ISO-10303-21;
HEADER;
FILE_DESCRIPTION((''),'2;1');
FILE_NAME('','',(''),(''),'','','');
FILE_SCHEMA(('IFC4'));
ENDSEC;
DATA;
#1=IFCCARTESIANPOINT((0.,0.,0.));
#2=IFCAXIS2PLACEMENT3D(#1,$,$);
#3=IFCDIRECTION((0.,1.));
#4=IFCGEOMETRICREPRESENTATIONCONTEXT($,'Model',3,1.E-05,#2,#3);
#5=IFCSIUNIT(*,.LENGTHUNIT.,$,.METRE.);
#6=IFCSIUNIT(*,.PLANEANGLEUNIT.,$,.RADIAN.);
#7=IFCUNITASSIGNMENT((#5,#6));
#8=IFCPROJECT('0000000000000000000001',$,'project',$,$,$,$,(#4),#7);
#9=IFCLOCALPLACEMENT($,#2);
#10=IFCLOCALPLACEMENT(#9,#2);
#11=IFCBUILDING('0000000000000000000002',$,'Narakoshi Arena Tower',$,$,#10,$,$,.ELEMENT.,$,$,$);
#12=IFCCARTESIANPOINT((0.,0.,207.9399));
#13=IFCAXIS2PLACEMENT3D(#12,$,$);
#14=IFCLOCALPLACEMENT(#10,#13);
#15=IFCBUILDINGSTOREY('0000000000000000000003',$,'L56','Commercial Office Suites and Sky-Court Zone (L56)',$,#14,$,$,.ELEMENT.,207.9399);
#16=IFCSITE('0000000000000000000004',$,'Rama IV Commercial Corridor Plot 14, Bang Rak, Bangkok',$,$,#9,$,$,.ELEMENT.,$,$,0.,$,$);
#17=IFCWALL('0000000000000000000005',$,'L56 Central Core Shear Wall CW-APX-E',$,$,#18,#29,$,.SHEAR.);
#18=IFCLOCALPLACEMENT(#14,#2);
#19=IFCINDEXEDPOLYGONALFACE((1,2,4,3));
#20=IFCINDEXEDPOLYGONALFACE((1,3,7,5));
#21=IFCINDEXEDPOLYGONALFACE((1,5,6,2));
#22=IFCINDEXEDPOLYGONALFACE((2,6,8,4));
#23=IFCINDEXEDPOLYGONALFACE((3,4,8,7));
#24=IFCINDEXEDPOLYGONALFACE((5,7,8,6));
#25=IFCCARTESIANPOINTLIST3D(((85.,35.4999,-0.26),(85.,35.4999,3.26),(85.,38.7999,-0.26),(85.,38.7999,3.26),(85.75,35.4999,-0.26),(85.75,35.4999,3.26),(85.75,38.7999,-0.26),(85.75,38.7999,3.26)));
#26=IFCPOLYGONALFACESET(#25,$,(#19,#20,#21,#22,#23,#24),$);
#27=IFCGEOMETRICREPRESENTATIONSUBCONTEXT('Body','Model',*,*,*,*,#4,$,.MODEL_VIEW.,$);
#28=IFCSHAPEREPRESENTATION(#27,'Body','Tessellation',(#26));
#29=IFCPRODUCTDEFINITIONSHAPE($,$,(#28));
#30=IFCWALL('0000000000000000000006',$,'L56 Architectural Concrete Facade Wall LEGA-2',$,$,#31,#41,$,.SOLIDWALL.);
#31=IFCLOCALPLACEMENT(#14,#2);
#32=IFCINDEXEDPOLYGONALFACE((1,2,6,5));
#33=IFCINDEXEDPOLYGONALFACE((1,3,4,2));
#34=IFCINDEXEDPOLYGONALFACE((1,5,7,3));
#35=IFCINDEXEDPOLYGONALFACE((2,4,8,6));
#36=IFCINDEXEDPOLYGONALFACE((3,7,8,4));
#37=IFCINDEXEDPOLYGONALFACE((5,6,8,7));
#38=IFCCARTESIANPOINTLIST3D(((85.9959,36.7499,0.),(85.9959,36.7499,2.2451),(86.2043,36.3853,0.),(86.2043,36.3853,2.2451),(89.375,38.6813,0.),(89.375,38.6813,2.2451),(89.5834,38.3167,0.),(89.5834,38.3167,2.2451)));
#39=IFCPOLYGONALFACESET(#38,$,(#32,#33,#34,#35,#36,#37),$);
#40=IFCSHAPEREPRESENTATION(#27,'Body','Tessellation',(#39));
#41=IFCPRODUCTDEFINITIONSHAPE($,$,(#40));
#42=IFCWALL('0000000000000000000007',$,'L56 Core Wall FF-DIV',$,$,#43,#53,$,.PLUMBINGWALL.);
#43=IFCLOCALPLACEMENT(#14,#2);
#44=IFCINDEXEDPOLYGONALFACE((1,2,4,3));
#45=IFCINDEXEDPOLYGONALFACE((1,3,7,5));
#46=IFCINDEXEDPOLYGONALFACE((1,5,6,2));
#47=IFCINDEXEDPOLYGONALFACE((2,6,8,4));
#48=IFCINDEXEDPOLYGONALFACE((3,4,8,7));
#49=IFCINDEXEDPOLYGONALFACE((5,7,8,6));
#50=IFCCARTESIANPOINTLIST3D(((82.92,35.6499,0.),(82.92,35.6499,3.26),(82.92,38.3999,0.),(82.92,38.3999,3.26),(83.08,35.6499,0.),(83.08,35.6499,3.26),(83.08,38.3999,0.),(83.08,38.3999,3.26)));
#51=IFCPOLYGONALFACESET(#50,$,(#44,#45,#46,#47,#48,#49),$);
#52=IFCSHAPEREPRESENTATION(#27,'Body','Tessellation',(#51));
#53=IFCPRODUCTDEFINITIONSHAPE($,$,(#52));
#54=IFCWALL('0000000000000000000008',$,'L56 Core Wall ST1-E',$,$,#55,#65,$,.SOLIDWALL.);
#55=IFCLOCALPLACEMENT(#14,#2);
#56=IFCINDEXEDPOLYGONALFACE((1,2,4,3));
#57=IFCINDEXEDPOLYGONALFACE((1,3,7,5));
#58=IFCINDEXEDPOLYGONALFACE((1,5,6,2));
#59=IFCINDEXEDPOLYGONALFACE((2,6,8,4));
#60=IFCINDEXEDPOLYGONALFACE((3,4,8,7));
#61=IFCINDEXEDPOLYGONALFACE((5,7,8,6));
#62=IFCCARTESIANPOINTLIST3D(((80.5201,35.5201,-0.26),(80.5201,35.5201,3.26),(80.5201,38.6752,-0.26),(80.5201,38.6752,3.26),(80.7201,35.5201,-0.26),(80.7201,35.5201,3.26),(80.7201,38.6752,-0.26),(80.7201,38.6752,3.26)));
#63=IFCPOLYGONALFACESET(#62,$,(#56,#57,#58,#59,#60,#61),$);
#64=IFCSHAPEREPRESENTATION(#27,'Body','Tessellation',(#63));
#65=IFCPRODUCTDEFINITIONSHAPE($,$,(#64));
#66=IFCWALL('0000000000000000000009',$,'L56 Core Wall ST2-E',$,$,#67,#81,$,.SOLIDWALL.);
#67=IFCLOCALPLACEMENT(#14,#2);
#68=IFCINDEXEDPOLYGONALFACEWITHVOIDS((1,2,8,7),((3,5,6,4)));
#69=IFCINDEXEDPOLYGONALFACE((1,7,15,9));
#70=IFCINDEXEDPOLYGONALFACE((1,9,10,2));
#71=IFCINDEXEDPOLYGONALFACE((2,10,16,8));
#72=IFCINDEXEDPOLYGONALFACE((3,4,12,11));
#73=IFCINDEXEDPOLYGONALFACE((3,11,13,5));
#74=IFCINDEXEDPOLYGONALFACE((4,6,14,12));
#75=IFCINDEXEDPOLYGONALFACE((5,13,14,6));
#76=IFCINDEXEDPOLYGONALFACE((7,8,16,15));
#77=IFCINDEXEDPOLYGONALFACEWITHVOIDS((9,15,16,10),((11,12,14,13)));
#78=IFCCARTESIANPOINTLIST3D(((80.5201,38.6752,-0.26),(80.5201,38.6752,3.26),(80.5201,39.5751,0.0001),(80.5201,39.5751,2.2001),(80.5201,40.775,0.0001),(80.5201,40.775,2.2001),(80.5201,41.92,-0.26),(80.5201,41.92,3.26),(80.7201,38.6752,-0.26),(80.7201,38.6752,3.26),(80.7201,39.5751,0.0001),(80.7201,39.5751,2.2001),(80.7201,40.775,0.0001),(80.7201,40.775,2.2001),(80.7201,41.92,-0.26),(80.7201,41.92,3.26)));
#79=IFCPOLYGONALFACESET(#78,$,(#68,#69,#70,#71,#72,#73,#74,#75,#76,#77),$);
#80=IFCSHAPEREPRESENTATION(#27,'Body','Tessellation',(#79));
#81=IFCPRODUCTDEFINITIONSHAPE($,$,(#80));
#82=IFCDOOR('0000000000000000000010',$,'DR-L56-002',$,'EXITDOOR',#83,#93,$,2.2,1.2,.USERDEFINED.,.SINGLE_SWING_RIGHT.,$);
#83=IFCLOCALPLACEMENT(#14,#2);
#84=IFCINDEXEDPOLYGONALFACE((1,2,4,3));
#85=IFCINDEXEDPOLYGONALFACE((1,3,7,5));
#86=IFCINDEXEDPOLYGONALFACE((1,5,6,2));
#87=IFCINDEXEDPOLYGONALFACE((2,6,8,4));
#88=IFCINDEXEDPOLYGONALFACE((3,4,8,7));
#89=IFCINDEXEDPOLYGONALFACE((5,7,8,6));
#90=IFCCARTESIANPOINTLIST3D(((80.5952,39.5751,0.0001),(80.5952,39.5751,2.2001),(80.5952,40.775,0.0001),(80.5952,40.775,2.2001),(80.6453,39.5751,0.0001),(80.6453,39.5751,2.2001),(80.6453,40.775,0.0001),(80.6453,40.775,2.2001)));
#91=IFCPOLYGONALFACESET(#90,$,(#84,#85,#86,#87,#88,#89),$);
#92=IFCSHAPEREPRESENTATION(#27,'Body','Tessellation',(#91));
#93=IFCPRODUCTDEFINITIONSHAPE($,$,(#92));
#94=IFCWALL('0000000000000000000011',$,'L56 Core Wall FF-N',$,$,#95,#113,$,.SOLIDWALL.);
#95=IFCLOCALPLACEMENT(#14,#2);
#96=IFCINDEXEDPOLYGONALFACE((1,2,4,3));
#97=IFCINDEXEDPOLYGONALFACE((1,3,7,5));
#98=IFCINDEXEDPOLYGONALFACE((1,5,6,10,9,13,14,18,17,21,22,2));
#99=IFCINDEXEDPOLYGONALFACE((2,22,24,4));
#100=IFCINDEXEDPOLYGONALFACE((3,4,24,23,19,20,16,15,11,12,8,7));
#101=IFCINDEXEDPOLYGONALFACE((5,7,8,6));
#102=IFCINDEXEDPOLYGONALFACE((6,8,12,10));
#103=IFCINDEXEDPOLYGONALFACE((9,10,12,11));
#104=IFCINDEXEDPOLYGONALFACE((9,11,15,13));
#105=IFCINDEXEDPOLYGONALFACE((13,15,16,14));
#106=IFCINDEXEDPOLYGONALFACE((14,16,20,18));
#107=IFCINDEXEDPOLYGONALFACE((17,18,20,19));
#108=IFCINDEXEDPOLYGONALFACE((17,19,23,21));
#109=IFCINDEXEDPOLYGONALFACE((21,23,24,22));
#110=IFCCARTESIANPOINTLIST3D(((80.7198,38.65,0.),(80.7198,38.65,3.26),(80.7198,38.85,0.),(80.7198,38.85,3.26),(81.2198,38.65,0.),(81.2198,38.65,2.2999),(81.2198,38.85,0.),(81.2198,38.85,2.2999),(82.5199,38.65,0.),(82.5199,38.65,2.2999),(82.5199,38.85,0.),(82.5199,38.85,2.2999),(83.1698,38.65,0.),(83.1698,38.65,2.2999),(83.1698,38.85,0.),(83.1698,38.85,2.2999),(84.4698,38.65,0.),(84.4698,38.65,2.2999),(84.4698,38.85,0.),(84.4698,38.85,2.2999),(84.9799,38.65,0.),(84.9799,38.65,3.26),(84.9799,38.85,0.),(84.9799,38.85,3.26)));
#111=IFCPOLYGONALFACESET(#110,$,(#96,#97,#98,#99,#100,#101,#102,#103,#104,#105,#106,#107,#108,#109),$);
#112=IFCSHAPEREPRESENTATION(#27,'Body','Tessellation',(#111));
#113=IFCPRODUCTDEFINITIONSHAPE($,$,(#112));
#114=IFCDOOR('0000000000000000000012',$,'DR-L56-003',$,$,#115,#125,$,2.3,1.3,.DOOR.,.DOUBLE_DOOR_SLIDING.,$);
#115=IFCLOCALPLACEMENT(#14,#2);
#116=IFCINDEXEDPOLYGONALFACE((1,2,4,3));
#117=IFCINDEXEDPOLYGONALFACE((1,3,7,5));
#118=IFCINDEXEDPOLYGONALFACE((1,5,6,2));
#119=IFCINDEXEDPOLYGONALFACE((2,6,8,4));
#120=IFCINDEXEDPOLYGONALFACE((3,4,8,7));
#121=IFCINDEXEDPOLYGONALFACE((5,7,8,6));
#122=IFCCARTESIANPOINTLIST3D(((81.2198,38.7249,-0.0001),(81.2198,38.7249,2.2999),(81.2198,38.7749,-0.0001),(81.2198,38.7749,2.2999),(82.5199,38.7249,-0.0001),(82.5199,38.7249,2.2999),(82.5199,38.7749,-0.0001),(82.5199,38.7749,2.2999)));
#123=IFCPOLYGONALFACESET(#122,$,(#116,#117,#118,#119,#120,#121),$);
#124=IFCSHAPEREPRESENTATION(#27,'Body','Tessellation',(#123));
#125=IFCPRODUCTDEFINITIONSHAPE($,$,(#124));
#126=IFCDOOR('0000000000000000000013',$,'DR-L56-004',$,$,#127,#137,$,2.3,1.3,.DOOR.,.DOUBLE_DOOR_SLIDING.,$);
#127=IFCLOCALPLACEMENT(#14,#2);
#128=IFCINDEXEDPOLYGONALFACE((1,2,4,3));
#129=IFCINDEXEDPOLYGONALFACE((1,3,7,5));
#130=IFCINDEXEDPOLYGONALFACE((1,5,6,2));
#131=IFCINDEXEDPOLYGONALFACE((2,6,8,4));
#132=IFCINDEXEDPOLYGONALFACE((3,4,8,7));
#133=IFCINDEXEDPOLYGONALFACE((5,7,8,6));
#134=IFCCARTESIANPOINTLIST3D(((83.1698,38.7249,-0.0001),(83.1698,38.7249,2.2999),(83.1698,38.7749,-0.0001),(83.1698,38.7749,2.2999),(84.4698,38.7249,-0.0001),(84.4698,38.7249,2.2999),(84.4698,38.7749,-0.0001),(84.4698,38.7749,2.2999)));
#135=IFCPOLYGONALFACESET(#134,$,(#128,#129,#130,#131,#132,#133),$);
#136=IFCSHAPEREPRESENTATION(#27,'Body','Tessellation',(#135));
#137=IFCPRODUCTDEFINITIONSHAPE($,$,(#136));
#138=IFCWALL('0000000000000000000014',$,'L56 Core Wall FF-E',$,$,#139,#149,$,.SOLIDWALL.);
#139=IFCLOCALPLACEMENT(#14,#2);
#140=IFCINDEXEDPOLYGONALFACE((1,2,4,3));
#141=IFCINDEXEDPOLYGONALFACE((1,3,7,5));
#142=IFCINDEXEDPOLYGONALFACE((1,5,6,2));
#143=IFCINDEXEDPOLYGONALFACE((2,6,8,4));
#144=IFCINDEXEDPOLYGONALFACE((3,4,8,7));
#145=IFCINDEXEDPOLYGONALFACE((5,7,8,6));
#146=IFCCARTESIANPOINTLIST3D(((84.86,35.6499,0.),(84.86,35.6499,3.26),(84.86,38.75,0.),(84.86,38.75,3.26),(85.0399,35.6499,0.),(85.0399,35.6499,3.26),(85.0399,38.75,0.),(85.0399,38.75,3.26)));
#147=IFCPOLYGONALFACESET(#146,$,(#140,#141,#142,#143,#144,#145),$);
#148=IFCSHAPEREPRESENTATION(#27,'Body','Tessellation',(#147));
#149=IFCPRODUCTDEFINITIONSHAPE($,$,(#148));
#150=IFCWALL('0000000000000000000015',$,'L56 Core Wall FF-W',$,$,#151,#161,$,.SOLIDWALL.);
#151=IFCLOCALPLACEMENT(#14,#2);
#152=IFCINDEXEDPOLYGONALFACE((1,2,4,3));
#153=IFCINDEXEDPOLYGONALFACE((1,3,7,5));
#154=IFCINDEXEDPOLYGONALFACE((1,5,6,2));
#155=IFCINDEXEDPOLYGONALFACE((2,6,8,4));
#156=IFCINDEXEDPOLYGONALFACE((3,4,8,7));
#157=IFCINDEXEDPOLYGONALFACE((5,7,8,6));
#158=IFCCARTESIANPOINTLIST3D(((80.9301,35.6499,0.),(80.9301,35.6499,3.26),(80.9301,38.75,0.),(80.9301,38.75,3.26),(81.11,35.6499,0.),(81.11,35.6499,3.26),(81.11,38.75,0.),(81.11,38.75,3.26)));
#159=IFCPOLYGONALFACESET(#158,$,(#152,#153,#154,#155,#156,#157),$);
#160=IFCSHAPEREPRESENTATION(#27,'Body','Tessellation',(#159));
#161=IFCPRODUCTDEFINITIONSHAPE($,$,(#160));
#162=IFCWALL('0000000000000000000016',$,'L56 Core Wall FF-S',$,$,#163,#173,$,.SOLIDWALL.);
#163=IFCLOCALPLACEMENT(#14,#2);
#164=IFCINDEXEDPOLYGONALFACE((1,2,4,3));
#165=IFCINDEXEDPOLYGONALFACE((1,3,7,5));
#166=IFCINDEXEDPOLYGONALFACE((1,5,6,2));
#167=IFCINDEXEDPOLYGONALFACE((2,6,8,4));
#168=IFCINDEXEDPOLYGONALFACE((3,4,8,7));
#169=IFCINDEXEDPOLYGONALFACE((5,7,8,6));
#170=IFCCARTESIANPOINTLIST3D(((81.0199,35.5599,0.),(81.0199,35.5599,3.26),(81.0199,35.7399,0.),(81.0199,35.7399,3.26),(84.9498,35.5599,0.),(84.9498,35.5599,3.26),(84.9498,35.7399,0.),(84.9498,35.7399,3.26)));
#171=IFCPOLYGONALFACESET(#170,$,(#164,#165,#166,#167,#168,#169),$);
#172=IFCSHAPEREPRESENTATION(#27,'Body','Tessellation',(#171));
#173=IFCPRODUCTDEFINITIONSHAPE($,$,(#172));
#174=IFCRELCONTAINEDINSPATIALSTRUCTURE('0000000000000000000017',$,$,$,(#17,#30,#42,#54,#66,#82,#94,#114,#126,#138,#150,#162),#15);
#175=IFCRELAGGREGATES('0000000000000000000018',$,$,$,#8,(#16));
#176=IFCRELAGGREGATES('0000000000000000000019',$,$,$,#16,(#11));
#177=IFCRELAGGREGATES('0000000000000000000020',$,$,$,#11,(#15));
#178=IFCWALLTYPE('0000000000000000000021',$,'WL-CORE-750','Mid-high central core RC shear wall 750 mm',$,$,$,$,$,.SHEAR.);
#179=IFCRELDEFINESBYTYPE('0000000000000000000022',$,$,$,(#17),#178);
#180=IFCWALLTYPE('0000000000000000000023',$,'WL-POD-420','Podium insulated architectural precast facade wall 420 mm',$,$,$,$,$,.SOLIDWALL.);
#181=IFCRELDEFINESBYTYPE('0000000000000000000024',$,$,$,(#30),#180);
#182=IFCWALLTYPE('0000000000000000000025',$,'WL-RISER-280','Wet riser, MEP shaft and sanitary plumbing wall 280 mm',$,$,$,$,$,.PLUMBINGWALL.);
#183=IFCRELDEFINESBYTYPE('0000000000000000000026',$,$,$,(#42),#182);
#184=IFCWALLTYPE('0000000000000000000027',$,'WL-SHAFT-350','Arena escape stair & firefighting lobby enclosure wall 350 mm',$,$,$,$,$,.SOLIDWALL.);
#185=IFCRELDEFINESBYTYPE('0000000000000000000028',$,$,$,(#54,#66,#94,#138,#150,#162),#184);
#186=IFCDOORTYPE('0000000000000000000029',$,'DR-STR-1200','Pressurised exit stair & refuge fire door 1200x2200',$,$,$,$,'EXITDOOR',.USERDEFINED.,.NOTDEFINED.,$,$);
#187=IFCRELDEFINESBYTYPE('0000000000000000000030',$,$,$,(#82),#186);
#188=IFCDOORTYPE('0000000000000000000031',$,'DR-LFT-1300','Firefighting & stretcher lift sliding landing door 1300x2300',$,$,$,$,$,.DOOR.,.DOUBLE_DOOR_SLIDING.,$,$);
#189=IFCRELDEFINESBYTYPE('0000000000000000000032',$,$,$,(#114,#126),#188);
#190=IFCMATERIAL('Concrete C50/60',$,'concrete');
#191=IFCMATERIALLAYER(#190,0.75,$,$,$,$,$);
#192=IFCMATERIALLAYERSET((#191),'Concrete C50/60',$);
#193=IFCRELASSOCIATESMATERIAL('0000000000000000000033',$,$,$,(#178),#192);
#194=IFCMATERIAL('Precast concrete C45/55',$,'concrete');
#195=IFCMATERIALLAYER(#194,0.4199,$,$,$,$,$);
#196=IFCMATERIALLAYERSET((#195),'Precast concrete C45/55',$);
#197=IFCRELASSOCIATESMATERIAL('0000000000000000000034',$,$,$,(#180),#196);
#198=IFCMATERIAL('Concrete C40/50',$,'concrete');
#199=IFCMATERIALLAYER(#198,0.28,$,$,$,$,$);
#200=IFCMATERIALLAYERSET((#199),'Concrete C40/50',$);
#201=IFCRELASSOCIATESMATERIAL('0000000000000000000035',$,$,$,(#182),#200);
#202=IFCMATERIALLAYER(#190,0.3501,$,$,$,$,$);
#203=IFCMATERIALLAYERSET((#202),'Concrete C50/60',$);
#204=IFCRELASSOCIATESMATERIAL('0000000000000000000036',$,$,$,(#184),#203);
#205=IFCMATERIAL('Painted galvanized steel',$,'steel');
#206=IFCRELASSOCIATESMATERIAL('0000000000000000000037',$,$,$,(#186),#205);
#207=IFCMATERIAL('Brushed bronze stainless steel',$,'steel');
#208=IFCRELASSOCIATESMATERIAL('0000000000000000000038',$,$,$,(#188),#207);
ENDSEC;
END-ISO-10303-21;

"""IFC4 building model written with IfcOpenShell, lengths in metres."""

from ifc_helpers import new_model, si_unit, direction, frame, frame_2d, origin, place, context, subcontext, project, spatial, rectangle, extrude, material, layer, layer_set, type_object, element, fill, save


model = new_model("IFC4")

# Units and contexts
model_context = context("Model", 3, precision=1e-05, world=origin(), true_north=direction((0.0, 1.0)))
body_context = subcontext(model_context, "Body", "Model", "MODEL_VIEW")
ifc_project = project(units=[si_unit("LENGTHUNIT", "METRE"), si_unit("PLANEANGLEUNIT", "RADIAN")], contexts=[model_context])

# Site, building, storey
site_placement = place(None, origin())
site = spatial("IfcSite", under=ifc_project, at=site_placement, Name="Rama IV Commercial Corridor Plot 14, Bang Rak, Bangkok", CompositionType="ELEMENT", RefElevation=0.0)
building_placement = place(site_placement, origin())
building = spatial("IfcBuilding", under=site, at=building_placement, Name="Narakoshi Arena Tower", CompositionType="ELEMENT")
storey_placement = place(building_placement, frame((0.0, 0.0, 207.9399)))
storey = spatial("IfcBuildingStorey", under=building, at=storey_placement, Name="L56", Description="Commercial Office Suites and Sky-Court Zone (L56)", CompositionType="ELEMENT", Elevation=207.9399)

# Walls
ifc_material_1 = material(Name="Concrete C50/60", Category="concrete")
ifc_layer_1 = layer(ifc_material_1, 0.75)
ifc_layer_set_1 = layer_set([ifc_layer_1], Name="Concrete C50/60")
wall_type_1 = type_object("IfcWallType", Name="WL-CORE-750", Description="Mid-high central core RC shear wall 750 mm", PredefinedType="SHEAR", material=ifc_layer_set_1)
wall_1_placement = place(storey_placement, frame((85.375, 35.5, -0.26), z_axis=(0.0, 0.0, 1.0), x_axis=(0.0, 1.0, 0.0)))
element("IfcWall", 1, at=wall_1_placement, inside=storey, type_object=wall_type_1, Name="L56 Central Core Shear Wall CW-APX-E", PredefinedType="SHEAR", context=body_context, shape_type="SweptSolid", body=[
    extrude(rectangle(XDim=3.3, YDim=0.75, at=frame_2d((1.6499, 0.0))), origin(), (0.0, 0.0, 1.0), 3.52),
])
ifc_material_2 = material(Name="Precast concrete C45/55", Category="concrete")
ifc_layer_2 = layer(ifc_material_2, 0.4199)
ifc_layer_set_2 = layer_set([ifc_layer_2], Name="Precast concrete C45/55")
wall_type_2 = type_object("IfcWallType", Name="WL-POD-420", Description="Podium insulated architectural precast facade wall 420 mm", PredefinedType="SOLIDWALL", material=ifc_layer_set_2)
wall_2_placement = place(storey_placement, frame((86.1001, 36.5676, 0.0), z_axis=(0.0, 0.0, 1.0), x_axis=(0.868193, 0.496227, 0.0)))
element("IfcWall", 2, at=wall_2_placement, inside=storey, type_object=wall_type_2, Name="L56 Architectural Concrete Facade Wall LEGA-2", PredefinedType="SOLIDWALL", context=body_context, shape_type="SweptSolid", body=[
    extrude(rectangle(XDim=3.8921, YDim=0.4199, at=frame_2d((1.946, 0.0))), origin(), (0.0, 0.0, 1.0), 2.2451),
])
ifc_material_3 = material(Name="Concrete C40/50", Category="concrete")
ifc_layer_3 = layer(ifc_material_3, 0.28)
ifc_layer_set_3 = layer_set([ifc_layer_3], Name="Concrete C40/50")
wall_type_3 = type_object("IfcWallType", Name="WL-RISER-280", Description="Wet riser, MEP shaft and sanitary plumbing wall 280 mm", PredefinedType="PLUMBINGWALL", material=ifc_layer_set_3)
wall_3_placement = place(storey_placement, frame((83.0, 35.6499, 0.0), z_axis=(0.0, 0.0, 1.0), x_axis=(0.0, 1.0, 0.0)))
element("IfcWall", 3, at=wall_3_placement, inside=storey, type_object=wall_type_3, Name="L56 Core Wall FF-DIV", PredefinedType="PLUMBINGWALL", context=body_context, shape_type="SweptSolid", body=[
    extrude(rectangle(XDim=2.75, YDim=0.1599, at=frame_2d((1.375, 0.0))), origin(), (0.0, 0.0, 1.0), 3.26),
])
ifc_layer_4 = layer(ifc_material_1, 0.3501)
ifc_layer_set_4 = layer_set([ifc_layer_4], Name="Concrete C50/60")
wall_type_4 = type_object("IfcWallType", Name="WL-SHAFT-350", Description="Arena escape stair & firefighting lobby enclosure wall 350 mm", PredefinedType="SOLIDWALL", material=ifc_layer_set_4)
wall_4_placement = place(storey_placement, frame((80.6201, 35.52, -0.26), z_axis=(0.0, 0.0, 1.0), x_axis=(0.0, 1.0, 0.0)))
element("IfcWall", 4, at=wall_4_placement, inside=storey, type_object=wall_type_4, Name="L56 Core Wall ST1-E", PredefinedType="SOLIDWALL", context=body_context, shape_type="SweptSolid", body=[
    extrude(rectangle(XDim=3.155, YDim=0.2, at=frame_2d((1.5776, 0.0))), origin(), (0.0, 0.0, 1.0), 3.52),
])

# Wall, opening, door
wall_5_placement = place(storey_placement, frame((80.6201, 38.675, -0.26), z_axis=(0.0, 0.0, 1.0), x_axis=(0.0, 1.0, 0.0)))
wall_5 = element("IfcWall", 5, at=wall_5_placement, inside=storey, type_object=wall_type_4, Name="L56 Core Wall ST2-E", PredefinedType="SOLIDWALL", context=body_context, shape_type="SweptSolid", body=[
    extrude(rectangle(XDim=3.2449, YDim=0.2, at=frame_2d((1.6226, 0.0))), origin(), (0.0, 0.0, 1.0), 3.52),
])
opening_1_placement = place(wall_5_placement, frame((0.8999, 0.0, 0.26)))
opening_1 = element("IfcOpeningElement", 6, at=opening_1_placement, cuts=wall_5, PredefinedType="OPENING", context=body_context, shape_type="SweptSolid", body=[
    extrude(rectangle(XDim=1.2, YDim=2.2, at=frame_2d((0.6001, 1.1001))), frame((0.0, 0.1099, 0.0), z_axis=(0.0, -1.0, 0.0), x_axis=(1.0, 0.0, 0.0)), (0.0, 0.0, 1.0), 0.22),
])
ifc_material_4 = material(Name="Painted galvanized steel", Category="steel")
door_type_1 = type_object("IfcDoorType", Name="DR-STR-1200", Description="Pressurised exit stair & refuge fire door 1200x2200", ElementType="EXITDOOR", OperationType="NOTDEFINED", PredefinedType="USERDEFINED", material=ifc_material_4)
door_1_placement = place(opening_1_placement, origin())
door_1 = element("IfcDoor", 7, at=door_1_placement, inside=storey, type_object=door_type_1, Name="DR-L56-002", ObjectType="EXITDOOR", OperationType="SINGLE_SWING_RIGHT", OverallHeight=2.2, OverallWidth=1.2, PredefinedType="USERDEFINED", context=body_context, shape_type="SweptSolid", body=[
    extrude(rectangle(XDim=1.2, YDim=2.2, at=frame_2d((0.6001, 1.1001))), frame((0.0, 0.0249, 0.0), z_axis=(0.0, -1.0, 0.0), x_axis=(1.0, 0.0, 0.0)), (0.0, 0.0, 1.0), 0.05),
])
fill(opening_1, door_1)

# Wall, openings, doors
wall_6_placement = place(storey_placement, frame((80.72, 38.75, 0.0), z_axis=(0.0, 0.0, 1.0), x_axis=(1.0, 0.0, 0.0)))
wall_6 = element("IfcWall", 8, at=wall_6_placement, inside=storey, type_object=wall_type_4, Name="L56 Core Wall FF-N", PredefinedType="SOLIDWALL", context=body_context, shape_type="SweptSolid", body=[
    extrude(rectangle(XDim=4.26, YDim=0.2, at=frame_2d((2.1299, 0.0))), origin(), (0.0, 0.0, 1.0), 3.26),
])
opening_2_placement = place(wall_6_placement, frame((0.5, 0.0, 0.0)))
opening_2 = element("IfcOpeningElement", 9, at=opening_2_placement, cuts=wall_6, PredefinedType="OPENING", context=body_context, shape_type="SweptSolid", body=[
    extrude(rectangle(XDim=1.3, YDim=2.3, at=frame_2d((0.6499, 1.1499))), frame((0.0, 0.1099, 0.0), z_axis=(0.0, -1.0, 0.0), x_axis=(1.0, 0.0, 0.0)), (0.0, 0.0, 1.0), 0.22),
])
opening_3_placement = place(wall_6_placement, frame((2.45, 0.0, 0.0)))
opening_3 = element("IfcOpeningElement", 10, at=opening_3_placement, cuts=wall_6, PredefinedType="OPENING", context=body_context, shape_type="SweptSolid", body=[
    extrude(rectangle(XDim=1.3, YDim=2.3, at=frame_2d((0.6499, 1.1499))), frame((0.0, 0.1099, 0.0), z_axis=(0.0, -1.0, 0.0), x_axis=(1.0, 0.0, 0.0)), (0.0, 0.0, 1.0), 0.22),
])
ifc_material_5 = material(Name="Brushed bronze stainless steel", Category="steel")
door_type_2 = type_object("IfcDoorType", Name="DR-LFT-1300", Description="Firefighting & stretcher lift sliding landing door 1300x2300", OperationType="DOUBLE_DOOR_SLIDING", PredefinedType="DOOR", material=ifc_material_5)
door_2_placement = place(opening_2_placement, origin())
door_2 = element("IfcDoor", 11, at=door_2_placement, inside=storey, type_object=door_type_2, Name="DR-L56-003", OperationType="DOUBLE_DOOR_SLIDING", OverallHeight=2.3, OverallWidth=1.3, PredefinedType="DOOR", context=body_context, shape_type="SweptSolid", body=[
    extrude(rectangle(XDim=1.3, YDim=2.3, at=frame_2d((0.6499, 1.1499))), frame((0.0, 0.0249, 0.0), z_axis=(0.0, -1.0, 0.0), x_axis=(1.0, 0.0, 0.0)), (0.0, 0.0, 1.0), 0.05),
])
fill(opening_2, door_2)
door_3_placement = place(opening_3_placement, origin())
door_3 = element("IfcDoor", 12, at=door_3_placement, inside=storey, type_object=door_type_2, Name="DR-L56-004", OperationType="DOUBLE_DOOR_SLIDING", OverallHeight=2.3, OverallWidth=1.3, PredefinedType="DOOR", context=body_context, shape_type="SweptSolid", body=[
    extrude(rectangle(XDim=1.3, YDim=2.3, at=frame_2d((0.6499, 1.1499))), frame((0.0, 0.0249, 0.0), z_axis=(0.0, -1.0, 0.0), x_axis=(1.0, 0.0, 0.0)), (0.0, 0.0, 1.0), 0.05),
])
fill(opening_3, door_3)

# Walls
for number, where, z_axis, x_axis, name in (
    (13, (84.95, 35.6499, 0.0), (0.0, 0.0, 1.0), (0.0, 1.0, 0.0), "L56 Core Wall FF-E"),
    (14, (81.02, 35.6499, 0.0), (0.0, 0.0, 1.0), (0.0, 1.0, 0.0), "L56 Core Wall FF-W"),
):
    element("IfcWall", number, at=place(storey_placement, frame(where, z_axis=z_axis, x_axis=x_axis)), inside=storey, type_object=wall_type_4, Name=name, PredefinedType="SOLIDWALL", context=body_context, shape_type="SweptSolid", body=[
        extrude(rectangle(XDim=3.1001, YDim=0.1799, at=frame_2d((1.55, 0.0))), origin(), (0.0, 0.0, 1.0), 3.26),
    ])
wall_7_placement = place(storey_placement, frame((81.02, 35.6499, 0.0), z_axis=(0.0, 0.0, 1.0), x_axis=(1.0, 0.0, 0.0)))
element("IfcWall", 15, at=wall_7_placement, inside=storey, type_object=wall_type_4, Name="L56 Core Wall FF-S", PredefinedType="SOLIDWALL", context=body_context, shape_type="SweptSolid", body=[
    extrude(rectangle(XDim=3.9299, YDim=0.1799, at=frame_2d((1.9648, 0.0))), origin(), (0.0, 0.0, 1.0), 3.26),
])

save(model, "model.ifc")
